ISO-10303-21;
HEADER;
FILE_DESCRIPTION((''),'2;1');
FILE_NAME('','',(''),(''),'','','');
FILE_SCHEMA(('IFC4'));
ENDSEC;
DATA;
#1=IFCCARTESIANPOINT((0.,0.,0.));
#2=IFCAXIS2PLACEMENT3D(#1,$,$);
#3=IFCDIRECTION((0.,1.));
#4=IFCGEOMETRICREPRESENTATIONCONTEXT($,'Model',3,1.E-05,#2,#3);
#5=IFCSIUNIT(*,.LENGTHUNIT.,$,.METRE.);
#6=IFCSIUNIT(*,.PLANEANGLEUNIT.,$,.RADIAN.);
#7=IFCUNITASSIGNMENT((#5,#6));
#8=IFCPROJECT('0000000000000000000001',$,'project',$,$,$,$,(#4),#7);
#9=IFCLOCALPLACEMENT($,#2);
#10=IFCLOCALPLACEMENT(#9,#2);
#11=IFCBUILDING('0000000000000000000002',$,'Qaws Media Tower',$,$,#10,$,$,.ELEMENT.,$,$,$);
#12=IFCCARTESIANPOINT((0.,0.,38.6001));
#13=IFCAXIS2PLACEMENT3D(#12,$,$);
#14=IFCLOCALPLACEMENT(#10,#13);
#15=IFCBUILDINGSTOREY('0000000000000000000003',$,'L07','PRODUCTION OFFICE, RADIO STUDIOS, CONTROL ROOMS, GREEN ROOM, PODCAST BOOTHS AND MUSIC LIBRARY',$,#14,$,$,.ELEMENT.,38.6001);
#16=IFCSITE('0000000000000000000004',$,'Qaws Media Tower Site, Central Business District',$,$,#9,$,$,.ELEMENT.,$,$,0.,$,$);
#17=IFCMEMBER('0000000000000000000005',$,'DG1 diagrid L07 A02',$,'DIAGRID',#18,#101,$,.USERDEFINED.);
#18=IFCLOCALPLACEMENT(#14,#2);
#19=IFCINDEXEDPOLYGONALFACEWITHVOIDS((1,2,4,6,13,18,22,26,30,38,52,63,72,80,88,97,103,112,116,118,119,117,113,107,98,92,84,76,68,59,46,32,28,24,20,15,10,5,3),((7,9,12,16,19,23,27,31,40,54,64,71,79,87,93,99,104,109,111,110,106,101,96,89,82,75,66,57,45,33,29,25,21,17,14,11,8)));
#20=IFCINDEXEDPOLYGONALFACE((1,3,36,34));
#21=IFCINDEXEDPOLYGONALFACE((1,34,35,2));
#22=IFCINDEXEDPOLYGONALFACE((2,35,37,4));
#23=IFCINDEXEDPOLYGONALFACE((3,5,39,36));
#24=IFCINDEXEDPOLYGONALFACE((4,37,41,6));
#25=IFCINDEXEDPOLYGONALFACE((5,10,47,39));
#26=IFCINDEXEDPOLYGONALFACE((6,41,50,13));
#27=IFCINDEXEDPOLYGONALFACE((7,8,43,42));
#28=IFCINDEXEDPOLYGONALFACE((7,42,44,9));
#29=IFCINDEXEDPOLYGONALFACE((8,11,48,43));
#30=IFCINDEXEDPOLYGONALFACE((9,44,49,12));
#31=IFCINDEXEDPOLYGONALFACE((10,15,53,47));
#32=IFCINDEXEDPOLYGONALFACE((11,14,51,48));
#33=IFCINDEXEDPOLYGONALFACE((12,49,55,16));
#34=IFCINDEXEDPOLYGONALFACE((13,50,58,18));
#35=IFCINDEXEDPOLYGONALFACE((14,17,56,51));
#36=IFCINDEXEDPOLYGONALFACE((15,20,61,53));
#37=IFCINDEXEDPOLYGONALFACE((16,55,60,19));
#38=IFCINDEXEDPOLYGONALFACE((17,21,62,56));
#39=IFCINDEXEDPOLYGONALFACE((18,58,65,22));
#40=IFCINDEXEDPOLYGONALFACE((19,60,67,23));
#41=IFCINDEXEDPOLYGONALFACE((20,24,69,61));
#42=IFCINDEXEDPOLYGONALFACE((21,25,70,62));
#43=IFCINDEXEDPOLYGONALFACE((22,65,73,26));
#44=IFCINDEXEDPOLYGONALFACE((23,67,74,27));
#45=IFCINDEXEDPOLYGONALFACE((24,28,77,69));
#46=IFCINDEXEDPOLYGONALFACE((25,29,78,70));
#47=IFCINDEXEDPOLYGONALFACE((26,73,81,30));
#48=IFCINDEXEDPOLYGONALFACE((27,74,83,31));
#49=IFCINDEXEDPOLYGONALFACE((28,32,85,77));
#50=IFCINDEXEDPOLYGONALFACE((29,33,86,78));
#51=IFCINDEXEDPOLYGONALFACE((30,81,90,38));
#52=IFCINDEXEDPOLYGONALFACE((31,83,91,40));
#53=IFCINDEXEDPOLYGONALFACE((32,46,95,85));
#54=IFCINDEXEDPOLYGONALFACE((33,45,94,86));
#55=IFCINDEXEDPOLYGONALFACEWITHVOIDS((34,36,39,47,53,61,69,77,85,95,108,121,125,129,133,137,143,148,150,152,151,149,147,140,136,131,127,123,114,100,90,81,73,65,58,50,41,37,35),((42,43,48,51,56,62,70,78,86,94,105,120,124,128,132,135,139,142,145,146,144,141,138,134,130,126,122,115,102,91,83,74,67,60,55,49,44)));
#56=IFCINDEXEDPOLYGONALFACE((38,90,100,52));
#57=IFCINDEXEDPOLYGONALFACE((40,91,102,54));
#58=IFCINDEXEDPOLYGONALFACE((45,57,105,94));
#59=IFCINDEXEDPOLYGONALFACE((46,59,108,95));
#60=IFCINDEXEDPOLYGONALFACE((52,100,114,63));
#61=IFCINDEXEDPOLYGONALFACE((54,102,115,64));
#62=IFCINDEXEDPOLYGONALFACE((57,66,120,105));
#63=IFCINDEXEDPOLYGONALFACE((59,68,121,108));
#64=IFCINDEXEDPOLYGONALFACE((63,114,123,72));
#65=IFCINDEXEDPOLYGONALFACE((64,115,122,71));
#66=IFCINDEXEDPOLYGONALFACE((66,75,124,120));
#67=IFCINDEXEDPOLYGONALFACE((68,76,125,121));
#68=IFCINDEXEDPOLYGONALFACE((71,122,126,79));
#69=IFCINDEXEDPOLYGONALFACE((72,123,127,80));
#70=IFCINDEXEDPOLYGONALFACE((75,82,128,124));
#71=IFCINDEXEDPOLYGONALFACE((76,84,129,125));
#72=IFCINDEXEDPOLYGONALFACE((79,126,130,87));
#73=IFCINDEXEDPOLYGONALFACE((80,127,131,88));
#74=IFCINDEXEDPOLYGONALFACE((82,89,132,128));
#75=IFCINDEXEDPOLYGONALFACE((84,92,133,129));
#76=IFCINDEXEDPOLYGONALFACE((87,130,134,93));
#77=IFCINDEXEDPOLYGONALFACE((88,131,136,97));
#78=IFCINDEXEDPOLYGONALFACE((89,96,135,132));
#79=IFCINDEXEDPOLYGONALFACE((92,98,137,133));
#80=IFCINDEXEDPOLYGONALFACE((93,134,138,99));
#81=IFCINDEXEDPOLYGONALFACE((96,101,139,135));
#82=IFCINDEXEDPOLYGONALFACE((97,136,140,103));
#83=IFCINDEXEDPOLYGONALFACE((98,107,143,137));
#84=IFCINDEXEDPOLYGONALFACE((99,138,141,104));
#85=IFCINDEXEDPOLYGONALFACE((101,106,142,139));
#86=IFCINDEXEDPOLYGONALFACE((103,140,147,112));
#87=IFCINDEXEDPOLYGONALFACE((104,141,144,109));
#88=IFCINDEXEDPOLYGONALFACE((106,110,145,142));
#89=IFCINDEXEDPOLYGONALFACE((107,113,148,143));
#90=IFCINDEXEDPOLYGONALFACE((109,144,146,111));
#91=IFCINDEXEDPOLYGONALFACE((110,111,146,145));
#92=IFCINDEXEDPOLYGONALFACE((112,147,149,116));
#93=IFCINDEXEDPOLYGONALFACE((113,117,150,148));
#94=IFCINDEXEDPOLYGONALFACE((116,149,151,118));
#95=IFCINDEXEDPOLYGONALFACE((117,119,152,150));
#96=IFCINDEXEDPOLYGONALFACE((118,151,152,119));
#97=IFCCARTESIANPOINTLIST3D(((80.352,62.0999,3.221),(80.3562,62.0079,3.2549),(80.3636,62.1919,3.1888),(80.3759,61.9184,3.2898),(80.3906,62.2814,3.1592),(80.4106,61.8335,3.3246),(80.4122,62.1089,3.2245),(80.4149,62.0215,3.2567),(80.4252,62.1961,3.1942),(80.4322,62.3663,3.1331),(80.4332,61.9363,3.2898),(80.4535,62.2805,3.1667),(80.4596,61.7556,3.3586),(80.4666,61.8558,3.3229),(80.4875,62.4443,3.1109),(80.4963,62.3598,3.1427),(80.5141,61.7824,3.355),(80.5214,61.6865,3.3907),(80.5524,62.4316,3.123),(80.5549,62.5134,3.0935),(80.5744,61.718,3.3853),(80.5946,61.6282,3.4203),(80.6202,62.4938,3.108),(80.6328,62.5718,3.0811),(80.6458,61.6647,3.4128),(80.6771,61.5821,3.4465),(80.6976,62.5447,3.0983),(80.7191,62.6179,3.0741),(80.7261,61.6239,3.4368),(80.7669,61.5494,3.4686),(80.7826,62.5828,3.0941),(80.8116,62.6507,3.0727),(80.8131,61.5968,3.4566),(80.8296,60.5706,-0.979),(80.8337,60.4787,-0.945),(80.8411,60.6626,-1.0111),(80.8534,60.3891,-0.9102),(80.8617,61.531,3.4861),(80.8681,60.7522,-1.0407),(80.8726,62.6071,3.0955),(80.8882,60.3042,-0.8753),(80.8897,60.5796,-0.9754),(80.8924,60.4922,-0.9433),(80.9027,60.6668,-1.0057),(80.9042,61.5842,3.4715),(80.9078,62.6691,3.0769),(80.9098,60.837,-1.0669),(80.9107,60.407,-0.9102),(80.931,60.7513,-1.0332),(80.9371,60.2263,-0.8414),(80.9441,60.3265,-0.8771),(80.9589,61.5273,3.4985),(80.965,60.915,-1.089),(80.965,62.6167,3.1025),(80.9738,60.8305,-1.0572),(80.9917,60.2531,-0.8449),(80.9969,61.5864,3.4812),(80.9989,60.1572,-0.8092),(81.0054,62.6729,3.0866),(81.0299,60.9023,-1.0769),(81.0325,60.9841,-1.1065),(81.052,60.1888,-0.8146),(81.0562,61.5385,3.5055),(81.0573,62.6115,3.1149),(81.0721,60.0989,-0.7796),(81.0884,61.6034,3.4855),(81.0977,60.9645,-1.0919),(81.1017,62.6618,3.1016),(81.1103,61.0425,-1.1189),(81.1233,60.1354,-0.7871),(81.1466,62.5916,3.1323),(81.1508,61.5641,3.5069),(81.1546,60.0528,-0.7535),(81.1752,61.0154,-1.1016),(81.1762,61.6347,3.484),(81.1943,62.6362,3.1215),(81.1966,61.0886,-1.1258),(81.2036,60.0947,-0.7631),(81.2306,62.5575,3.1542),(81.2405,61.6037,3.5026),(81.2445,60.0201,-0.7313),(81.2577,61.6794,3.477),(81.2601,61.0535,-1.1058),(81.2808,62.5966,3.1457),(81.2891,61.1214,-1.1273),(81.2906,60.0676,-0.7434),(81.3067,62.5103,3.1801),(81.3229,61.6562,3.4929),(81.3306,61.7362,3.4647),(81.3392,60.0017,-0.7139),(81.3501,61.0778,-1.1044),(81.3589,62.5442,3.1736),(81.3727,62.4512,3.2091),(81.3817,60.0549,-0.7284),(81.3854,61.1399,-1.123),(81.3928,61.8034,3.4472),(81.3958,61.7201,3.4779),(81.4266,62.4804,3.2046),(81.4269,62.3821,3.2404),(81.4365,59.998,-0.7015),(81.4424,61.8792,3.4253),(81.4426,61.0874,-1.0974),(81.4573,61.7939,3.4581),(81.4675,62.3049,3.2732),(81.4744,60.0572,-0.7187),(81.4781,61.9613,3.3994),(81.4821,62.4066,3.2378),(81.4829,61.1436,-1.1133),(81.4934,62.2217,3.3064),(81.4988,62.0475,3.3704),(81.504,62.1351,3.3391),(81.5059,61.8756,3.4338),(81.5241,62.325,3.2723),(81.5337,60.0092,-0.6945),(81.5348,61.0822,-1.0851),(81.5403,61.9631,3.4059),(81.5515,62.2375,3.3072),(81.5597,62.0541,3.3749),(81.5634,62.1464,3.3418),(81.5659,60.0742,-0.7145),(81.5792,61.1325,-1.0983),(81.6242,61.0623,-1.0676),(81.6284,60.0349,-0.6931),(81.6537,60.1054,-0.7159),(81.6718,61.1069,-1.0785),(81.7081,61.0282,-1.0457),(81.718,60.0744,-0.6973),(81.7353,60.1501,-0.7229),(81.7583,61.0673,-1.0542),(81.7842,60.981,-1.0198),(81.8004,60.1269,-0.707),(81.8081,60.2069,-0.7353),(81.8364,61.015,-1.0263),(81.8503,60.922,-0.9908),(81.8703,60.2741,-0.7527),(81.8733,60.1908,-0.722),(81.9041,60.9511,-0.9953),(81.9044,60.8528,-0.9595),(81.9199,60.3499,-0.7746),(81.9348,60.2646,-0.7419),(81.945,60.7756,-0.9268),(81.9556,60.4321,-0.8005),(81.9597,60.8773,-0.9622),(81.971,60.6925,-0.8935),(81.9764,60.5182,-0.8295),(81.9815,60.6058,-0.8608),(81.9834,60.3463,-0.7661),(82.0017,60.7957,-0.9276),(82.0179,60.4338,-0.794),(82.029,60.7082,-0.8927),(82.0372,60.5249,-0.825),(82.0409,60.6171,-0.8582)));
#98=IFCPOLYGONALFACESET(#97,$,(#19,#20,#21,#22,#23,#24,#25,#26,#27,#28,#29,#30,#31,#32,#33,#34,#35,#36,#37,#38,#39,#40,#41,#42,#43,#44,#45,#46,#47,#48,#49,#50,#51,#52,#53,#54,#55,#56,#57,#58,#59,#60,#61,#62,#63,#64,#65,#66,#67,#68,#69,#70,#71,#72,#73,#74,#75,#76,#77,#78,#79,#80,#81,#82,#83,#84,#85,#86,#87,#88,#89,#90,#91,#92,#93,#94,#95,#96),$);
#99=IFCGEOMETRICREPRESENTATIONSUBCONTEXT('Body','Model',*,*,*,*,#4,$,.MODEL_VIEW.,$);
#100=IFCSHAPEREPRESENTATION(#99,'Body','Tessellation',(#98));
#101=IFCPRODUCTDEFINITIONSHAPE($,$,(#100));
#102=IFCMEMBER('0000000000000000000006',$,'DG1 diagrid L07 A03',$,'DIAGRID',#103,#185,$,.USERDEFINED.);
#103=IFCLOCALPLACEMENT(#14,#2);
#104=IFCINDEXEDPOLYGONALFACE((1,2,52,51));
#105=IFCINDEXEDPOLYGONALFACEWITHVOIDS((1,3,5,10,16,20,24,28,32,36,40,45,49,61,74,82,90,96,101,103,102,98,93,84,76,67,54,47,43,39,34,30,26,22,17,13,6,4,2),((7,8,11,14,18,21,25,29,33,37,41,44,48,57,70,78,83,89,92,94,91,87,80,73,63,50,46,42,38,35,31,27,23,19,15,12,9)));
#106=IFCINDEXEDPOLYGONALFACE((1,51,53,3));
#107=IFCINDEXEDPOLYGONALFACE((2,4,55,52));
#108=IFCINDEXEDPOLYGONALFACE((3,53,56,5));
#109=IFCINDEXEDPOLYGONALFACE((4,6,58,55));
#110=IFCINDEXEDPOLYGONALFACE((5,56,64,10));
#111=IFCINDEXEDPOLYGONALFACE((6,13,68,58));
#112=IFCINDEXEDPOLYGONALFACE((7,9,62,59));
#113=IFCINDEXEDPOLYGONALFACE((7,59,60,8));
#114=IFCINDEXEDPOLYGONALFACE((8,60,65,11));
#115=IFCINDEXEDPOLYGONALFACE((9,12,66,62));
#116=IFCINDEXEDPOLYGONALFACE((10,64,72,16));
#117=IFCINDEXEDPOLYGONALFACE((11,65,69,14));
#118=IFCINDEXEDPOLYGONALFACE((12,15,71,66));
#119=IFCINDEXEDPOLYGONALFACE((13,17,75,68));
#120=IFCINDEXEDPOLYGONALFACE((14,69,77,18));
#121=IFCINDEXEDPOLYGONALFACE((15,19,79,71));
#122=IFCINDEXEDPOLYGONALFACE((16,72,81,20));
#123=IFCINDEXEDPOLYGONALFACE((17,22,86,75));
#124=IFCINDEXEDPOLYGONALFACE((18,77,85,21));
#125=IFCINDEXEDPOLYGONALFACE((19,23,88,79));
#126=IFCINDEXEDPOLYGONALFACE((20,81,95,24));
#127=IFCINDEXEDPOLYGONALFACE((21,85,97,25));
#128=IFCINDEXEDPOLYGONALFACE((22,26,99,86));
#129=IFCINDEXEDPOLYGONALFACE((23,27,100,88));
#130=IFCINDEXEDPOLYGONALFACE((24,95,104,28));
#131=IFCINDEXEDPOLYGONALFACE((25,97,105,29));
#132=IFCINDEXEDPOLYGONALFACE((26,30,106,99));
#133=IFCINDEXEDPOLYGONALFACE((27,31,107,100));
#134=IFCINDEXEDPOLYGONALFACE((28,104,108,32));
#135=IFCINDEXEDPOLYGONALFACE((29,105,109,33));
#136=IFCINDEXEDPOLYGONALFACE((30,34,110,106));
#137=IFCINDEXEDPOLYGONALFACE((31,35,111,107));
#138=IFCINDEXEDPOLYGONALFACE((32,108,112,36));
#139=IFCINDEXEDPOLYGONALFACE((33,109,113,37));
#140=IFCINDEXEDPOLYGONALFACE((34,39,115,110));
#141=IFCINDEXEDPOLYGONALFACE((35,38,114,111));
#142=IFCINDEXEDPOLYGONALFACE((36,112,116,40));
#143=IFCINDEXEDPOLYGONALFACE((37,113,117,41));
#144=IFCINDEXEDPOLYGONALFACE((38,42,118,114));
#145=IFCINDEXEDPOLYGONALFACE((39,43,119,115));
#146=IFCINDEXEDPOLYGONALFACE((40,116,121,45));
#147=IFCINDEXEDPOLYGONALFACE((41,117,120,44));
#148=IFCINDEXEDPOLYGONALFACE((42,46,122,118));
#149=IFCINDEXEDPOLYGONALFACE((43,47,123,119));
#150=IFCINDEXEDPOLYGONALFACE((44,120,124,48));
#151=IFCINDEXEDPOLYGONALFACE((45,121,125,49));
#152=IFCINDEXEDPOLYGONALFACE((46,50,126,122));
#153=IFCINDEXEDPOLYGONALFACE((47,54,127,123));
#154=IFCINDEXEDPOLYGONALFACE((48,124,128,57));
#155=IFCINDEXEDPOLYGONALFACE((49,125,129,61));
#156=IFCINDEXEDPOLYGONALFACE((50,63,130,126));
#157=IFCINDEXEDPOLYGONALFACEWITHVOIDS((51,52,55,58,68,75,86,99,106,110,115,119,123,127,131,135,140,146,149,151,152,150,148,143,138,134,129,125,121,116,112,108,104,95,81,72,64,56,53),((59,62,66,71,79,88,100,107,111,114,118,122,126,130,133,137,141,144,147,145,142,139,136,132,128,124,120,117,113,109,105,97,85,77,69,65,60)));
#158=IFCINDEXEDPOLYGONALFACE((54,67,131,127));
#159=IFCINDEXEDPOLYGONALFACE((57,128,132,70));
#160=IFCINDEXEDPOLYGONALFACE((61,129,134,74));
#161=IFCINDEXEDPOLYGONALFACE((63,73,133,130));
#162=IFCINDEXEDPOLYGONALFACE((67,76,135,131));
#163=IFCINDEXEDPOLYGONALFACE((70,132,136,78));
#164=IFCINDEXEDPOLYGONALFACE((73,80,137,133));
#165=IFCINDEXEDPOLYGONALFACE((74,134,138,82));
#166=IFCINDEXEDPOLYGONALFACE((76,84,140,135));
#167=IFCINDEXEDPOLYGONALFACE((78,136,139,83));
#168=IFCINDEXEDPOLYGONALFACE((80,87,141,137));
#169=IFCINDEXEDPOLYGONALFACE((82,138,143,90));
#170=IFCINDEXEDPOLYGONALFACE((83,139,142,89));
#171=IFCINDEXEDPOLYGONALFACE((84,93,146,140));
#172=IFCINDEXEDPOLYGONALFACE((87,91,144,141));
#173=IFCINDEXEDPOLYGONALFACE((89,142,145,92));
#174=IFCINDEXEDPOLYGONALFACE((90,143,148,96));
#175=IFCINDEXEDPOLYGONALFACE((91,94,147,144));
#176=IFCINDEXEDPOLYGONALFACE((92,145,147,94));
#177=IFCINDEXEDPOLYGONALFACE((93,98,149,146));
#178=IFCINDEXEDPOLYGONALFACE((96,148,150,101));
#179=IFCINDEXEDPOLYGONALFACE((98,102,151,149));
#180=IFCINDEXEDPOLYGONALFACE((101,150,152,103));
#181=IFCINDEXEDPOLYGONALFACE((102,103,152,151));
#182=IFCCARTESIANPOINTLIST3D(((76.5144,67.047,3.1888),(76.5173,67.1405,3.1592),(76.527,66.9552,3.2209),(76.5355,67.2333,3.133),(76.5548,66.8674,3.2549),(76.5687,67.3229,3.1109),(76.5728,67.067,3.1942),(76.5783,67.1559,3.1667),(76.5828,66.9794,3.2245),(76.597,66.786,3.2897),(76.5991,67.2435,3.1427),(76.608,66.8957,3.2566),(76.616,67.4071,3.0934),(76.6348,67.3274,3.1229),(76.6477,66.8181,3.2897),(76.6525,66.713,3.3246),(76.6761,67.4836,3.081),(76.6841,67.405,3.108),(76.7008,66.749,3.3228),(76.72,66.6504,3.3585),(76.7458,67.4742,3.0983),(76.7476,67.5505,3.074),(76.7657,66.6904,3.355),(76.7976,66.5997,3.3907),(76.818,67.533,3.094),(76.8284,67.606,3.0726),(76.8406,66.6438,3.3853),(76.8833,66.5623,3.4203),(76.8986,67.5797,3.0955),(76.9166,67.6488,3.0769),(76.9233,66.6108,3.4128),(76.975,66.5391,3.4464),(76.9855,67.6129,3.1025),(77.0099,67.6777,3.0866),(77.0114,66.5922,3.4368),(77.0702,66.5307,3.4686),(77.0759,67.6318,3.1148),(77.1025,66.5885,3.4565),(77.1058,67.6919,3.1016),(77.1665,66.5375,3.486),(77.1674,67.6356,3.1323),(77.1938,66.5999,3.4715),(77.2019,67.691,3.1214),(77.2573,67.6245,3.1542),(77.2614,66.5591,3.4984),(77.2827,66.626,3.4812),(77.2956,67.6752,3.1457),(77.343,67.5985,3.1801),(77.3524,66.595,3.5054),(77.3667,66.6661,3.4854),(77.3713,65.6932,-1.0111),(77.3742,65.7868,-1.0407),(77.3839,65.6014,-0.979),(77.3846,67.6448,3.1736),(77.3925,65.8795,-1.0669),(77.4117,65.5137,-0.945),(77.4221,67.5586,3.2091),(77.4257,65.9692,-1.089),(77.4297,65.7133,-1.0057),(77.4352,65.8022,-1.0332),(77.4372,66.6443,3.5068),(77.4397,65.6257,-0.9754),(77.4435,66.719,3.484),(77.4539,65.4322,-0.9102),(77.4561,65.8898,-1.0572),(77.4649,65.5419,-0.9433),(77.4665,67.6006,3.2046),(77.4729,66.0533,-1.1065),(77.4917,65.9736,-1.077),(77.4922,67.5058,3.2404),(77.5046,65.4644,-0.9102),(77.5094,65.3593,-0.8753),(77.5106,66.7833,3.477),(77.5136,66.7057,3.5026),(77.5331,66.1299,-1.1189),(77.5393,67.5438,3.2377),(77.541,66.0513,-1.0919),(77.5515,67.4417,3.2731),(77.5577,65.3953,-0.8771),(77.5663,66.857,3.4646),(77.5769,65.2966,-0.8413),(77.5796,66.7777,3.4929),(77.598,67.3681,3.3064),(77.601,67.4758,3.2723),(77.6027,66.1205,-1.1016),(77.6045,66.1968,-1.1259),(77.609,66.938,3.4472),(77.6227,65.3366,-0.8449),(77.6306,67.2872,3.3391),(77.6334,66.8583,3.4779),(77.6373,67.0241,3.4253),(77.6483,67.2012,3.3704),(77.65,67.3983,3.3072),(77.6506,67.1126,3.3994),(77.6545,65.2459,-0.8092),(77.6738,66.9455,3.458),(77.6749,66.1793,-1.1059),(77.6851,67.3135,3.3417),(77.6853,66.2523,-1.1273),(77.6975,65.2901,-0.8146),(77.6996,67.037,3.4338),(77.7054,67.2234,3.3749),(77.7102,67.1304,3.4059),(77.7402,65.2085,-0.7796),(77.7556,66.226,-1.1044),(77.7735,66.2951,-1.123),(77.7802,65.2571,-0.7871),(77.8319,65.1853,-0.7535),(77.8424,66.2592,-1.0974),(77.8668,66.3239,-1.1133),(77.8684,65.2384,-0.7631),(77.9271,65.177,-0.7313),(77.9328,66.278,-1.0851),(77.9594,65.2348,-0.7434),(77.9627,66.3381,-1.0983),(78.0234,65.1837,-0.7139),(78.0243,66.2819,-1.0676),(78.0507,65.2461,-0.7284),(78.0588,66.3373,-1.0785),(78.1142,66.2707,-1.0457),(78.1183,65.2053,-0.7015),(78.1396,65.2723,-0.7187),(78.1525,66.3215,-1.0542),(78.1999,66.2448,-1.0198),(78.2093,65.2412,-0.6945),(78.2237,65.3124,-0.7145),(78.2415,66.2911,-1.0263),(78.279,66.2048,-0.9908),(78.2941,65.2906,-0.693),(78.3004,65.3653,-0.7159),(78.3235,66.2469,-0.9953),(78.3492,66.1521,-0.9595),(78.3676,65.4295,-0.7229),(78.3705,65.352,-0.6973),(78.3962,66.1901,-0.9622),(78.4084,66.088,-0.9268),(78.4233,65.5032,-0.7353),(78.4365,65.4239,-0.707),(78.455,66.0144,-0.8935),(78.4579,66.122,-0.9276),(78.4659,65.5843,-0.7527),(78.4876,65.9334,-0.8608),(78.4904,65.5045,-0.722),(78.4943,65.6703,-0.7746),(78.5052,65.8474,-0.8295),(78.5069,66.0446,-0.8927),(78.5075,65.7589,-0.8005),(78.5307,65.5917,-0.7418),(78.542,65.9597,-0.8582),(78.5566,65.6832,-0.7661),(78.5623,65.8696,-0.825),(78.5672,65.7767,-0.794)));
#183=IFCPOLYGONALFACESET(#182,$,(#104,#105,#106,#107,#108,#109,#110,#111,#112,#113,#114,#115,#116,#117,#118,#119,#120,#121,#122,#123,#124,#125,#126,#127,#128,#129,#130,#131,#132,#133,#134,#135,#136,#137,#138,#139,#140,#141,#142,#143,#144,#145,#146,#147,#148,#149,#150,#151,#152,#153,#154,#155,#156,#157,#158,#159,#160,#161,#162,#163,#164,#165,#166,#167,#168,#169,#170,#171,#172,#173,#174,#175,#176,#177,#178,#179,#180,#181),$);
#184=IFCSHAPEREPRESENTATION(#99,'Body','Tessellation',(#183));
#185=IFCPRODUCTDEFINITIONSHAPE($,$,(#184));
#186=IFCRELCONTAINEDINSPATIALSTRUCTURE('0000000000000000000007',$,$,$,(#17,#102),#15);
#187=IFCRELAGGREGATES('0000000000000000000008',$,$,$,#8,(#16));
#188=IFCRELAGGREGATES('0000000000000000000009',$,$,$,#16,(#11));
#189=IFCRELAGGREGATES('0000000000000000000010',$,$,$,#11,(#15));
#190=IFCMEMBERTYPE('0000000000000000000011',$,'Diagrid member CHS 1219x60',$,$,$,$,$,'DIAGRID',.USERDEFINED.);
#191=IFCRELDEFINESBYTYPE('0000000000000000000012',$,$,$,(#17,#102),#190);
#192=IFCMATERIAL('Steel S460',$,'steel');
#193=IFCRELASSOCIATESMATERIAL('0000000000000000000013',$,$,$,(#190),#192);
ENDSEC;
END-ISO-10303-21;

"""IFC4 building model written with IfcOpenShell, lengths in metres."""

from ifc_helpers import new_model, si_unit, direction, frame, origin, origin_2d, place, context, subcontext, project, spatial, hollow_circle, extrude, material, material_profile, profile_set, type_object, element, save


model = new_model("IFC4")

# Units and contexts
model_context = context("Model", 3, precision=1e-05, world=origin(), true_north=direction((0.0, 1.0)))
body_context = subcontext(model_context, "Body", "Model", "MODEL_VIEW")
ifc_project = project(units=[si_unit("LENGTHUNIT", "METRE"), si_unit("PLANEANGLEUNIT", "RADIAN")], contexts=[model_context])

# Site, building, storey
site_placement = place(None, origin())
site = spatial("IfcSite", under=ifc_project, at=site_placement, Name="Qaws Media Tower Site, Central Business District", CompositionType="ELEMENT", RefElevation=0.0)
building_placement = place(site_placement, origin())
building = spatial("IfcBuilding", under=site, at=building_placement, Name="Qaws Media Tower", CompositionType="ELEMENT")
storey_placement = place(building_placement, frame((0.0, 0.0, 38.6001)))
storey = spatial("IfcBuildingStorey", under=building, at=storey_placement, Name="L07", Description="PRODUCTION OFFICE, RADIO STUDIOS, CONTROL ROOMS, GREEN ROOM, PODCAST BOOTHS AND MUSIC LIBRARY", CompositionType="ELEMENT", Elevation=38.6001)

# Members
ifc_material_1 = material(Name="Steel S460", Category="steel")
ifc_material_profile_1 = material_profile(ifc_material_1, hollow_circle(Radius=0.6096, WallThickness=0.0601, at=origin_2d()), Name="CHS 1219x60")
ifc_profile_set_1 = profile_set([ifc_material_profile_1], Name="Steel S460")
member_type_1 = type_object("IfcMemberType", Name="Diagrid member CHS 1219x60", ElementType="DIAGRID", PredefinedType="USERDEFINED", material=ifc_profile_set_1)
for number, where, z_axis, x_axis, name in (
    (1, (81.4353, 60.5708, -0.9102), (-0.106234, 0.34021, 0.934329), (-0.954545, -0.298067, 0.0), "DG1 diagrid L07 A02"),
    (2, (77.969, 65.7583, -0.9102), (-0.190634, 0.301158, 0.934324), (-0.844945, -0.534853, 0.0), "DG1 diagrid L07 A03"),
):
    element("IfcMember", number, at=place(storey_placement, frame(where, z_axis=z_axis, x_axis=x_axis)), inside=storey, type_object=member_type_1, Name=name, ObjectType="DIAGRID", PredefinedType="USERDEFINED", context=body_context, shape_type="SweptSolid", body=[
        extrude(hollow_circle(Radius=0.6096, WallThickness=0.0601, at=origin_2d()), origin(), (0.0, 0.0, 1.0), 4.4951),
    ])

save(model, "model.ifc")
